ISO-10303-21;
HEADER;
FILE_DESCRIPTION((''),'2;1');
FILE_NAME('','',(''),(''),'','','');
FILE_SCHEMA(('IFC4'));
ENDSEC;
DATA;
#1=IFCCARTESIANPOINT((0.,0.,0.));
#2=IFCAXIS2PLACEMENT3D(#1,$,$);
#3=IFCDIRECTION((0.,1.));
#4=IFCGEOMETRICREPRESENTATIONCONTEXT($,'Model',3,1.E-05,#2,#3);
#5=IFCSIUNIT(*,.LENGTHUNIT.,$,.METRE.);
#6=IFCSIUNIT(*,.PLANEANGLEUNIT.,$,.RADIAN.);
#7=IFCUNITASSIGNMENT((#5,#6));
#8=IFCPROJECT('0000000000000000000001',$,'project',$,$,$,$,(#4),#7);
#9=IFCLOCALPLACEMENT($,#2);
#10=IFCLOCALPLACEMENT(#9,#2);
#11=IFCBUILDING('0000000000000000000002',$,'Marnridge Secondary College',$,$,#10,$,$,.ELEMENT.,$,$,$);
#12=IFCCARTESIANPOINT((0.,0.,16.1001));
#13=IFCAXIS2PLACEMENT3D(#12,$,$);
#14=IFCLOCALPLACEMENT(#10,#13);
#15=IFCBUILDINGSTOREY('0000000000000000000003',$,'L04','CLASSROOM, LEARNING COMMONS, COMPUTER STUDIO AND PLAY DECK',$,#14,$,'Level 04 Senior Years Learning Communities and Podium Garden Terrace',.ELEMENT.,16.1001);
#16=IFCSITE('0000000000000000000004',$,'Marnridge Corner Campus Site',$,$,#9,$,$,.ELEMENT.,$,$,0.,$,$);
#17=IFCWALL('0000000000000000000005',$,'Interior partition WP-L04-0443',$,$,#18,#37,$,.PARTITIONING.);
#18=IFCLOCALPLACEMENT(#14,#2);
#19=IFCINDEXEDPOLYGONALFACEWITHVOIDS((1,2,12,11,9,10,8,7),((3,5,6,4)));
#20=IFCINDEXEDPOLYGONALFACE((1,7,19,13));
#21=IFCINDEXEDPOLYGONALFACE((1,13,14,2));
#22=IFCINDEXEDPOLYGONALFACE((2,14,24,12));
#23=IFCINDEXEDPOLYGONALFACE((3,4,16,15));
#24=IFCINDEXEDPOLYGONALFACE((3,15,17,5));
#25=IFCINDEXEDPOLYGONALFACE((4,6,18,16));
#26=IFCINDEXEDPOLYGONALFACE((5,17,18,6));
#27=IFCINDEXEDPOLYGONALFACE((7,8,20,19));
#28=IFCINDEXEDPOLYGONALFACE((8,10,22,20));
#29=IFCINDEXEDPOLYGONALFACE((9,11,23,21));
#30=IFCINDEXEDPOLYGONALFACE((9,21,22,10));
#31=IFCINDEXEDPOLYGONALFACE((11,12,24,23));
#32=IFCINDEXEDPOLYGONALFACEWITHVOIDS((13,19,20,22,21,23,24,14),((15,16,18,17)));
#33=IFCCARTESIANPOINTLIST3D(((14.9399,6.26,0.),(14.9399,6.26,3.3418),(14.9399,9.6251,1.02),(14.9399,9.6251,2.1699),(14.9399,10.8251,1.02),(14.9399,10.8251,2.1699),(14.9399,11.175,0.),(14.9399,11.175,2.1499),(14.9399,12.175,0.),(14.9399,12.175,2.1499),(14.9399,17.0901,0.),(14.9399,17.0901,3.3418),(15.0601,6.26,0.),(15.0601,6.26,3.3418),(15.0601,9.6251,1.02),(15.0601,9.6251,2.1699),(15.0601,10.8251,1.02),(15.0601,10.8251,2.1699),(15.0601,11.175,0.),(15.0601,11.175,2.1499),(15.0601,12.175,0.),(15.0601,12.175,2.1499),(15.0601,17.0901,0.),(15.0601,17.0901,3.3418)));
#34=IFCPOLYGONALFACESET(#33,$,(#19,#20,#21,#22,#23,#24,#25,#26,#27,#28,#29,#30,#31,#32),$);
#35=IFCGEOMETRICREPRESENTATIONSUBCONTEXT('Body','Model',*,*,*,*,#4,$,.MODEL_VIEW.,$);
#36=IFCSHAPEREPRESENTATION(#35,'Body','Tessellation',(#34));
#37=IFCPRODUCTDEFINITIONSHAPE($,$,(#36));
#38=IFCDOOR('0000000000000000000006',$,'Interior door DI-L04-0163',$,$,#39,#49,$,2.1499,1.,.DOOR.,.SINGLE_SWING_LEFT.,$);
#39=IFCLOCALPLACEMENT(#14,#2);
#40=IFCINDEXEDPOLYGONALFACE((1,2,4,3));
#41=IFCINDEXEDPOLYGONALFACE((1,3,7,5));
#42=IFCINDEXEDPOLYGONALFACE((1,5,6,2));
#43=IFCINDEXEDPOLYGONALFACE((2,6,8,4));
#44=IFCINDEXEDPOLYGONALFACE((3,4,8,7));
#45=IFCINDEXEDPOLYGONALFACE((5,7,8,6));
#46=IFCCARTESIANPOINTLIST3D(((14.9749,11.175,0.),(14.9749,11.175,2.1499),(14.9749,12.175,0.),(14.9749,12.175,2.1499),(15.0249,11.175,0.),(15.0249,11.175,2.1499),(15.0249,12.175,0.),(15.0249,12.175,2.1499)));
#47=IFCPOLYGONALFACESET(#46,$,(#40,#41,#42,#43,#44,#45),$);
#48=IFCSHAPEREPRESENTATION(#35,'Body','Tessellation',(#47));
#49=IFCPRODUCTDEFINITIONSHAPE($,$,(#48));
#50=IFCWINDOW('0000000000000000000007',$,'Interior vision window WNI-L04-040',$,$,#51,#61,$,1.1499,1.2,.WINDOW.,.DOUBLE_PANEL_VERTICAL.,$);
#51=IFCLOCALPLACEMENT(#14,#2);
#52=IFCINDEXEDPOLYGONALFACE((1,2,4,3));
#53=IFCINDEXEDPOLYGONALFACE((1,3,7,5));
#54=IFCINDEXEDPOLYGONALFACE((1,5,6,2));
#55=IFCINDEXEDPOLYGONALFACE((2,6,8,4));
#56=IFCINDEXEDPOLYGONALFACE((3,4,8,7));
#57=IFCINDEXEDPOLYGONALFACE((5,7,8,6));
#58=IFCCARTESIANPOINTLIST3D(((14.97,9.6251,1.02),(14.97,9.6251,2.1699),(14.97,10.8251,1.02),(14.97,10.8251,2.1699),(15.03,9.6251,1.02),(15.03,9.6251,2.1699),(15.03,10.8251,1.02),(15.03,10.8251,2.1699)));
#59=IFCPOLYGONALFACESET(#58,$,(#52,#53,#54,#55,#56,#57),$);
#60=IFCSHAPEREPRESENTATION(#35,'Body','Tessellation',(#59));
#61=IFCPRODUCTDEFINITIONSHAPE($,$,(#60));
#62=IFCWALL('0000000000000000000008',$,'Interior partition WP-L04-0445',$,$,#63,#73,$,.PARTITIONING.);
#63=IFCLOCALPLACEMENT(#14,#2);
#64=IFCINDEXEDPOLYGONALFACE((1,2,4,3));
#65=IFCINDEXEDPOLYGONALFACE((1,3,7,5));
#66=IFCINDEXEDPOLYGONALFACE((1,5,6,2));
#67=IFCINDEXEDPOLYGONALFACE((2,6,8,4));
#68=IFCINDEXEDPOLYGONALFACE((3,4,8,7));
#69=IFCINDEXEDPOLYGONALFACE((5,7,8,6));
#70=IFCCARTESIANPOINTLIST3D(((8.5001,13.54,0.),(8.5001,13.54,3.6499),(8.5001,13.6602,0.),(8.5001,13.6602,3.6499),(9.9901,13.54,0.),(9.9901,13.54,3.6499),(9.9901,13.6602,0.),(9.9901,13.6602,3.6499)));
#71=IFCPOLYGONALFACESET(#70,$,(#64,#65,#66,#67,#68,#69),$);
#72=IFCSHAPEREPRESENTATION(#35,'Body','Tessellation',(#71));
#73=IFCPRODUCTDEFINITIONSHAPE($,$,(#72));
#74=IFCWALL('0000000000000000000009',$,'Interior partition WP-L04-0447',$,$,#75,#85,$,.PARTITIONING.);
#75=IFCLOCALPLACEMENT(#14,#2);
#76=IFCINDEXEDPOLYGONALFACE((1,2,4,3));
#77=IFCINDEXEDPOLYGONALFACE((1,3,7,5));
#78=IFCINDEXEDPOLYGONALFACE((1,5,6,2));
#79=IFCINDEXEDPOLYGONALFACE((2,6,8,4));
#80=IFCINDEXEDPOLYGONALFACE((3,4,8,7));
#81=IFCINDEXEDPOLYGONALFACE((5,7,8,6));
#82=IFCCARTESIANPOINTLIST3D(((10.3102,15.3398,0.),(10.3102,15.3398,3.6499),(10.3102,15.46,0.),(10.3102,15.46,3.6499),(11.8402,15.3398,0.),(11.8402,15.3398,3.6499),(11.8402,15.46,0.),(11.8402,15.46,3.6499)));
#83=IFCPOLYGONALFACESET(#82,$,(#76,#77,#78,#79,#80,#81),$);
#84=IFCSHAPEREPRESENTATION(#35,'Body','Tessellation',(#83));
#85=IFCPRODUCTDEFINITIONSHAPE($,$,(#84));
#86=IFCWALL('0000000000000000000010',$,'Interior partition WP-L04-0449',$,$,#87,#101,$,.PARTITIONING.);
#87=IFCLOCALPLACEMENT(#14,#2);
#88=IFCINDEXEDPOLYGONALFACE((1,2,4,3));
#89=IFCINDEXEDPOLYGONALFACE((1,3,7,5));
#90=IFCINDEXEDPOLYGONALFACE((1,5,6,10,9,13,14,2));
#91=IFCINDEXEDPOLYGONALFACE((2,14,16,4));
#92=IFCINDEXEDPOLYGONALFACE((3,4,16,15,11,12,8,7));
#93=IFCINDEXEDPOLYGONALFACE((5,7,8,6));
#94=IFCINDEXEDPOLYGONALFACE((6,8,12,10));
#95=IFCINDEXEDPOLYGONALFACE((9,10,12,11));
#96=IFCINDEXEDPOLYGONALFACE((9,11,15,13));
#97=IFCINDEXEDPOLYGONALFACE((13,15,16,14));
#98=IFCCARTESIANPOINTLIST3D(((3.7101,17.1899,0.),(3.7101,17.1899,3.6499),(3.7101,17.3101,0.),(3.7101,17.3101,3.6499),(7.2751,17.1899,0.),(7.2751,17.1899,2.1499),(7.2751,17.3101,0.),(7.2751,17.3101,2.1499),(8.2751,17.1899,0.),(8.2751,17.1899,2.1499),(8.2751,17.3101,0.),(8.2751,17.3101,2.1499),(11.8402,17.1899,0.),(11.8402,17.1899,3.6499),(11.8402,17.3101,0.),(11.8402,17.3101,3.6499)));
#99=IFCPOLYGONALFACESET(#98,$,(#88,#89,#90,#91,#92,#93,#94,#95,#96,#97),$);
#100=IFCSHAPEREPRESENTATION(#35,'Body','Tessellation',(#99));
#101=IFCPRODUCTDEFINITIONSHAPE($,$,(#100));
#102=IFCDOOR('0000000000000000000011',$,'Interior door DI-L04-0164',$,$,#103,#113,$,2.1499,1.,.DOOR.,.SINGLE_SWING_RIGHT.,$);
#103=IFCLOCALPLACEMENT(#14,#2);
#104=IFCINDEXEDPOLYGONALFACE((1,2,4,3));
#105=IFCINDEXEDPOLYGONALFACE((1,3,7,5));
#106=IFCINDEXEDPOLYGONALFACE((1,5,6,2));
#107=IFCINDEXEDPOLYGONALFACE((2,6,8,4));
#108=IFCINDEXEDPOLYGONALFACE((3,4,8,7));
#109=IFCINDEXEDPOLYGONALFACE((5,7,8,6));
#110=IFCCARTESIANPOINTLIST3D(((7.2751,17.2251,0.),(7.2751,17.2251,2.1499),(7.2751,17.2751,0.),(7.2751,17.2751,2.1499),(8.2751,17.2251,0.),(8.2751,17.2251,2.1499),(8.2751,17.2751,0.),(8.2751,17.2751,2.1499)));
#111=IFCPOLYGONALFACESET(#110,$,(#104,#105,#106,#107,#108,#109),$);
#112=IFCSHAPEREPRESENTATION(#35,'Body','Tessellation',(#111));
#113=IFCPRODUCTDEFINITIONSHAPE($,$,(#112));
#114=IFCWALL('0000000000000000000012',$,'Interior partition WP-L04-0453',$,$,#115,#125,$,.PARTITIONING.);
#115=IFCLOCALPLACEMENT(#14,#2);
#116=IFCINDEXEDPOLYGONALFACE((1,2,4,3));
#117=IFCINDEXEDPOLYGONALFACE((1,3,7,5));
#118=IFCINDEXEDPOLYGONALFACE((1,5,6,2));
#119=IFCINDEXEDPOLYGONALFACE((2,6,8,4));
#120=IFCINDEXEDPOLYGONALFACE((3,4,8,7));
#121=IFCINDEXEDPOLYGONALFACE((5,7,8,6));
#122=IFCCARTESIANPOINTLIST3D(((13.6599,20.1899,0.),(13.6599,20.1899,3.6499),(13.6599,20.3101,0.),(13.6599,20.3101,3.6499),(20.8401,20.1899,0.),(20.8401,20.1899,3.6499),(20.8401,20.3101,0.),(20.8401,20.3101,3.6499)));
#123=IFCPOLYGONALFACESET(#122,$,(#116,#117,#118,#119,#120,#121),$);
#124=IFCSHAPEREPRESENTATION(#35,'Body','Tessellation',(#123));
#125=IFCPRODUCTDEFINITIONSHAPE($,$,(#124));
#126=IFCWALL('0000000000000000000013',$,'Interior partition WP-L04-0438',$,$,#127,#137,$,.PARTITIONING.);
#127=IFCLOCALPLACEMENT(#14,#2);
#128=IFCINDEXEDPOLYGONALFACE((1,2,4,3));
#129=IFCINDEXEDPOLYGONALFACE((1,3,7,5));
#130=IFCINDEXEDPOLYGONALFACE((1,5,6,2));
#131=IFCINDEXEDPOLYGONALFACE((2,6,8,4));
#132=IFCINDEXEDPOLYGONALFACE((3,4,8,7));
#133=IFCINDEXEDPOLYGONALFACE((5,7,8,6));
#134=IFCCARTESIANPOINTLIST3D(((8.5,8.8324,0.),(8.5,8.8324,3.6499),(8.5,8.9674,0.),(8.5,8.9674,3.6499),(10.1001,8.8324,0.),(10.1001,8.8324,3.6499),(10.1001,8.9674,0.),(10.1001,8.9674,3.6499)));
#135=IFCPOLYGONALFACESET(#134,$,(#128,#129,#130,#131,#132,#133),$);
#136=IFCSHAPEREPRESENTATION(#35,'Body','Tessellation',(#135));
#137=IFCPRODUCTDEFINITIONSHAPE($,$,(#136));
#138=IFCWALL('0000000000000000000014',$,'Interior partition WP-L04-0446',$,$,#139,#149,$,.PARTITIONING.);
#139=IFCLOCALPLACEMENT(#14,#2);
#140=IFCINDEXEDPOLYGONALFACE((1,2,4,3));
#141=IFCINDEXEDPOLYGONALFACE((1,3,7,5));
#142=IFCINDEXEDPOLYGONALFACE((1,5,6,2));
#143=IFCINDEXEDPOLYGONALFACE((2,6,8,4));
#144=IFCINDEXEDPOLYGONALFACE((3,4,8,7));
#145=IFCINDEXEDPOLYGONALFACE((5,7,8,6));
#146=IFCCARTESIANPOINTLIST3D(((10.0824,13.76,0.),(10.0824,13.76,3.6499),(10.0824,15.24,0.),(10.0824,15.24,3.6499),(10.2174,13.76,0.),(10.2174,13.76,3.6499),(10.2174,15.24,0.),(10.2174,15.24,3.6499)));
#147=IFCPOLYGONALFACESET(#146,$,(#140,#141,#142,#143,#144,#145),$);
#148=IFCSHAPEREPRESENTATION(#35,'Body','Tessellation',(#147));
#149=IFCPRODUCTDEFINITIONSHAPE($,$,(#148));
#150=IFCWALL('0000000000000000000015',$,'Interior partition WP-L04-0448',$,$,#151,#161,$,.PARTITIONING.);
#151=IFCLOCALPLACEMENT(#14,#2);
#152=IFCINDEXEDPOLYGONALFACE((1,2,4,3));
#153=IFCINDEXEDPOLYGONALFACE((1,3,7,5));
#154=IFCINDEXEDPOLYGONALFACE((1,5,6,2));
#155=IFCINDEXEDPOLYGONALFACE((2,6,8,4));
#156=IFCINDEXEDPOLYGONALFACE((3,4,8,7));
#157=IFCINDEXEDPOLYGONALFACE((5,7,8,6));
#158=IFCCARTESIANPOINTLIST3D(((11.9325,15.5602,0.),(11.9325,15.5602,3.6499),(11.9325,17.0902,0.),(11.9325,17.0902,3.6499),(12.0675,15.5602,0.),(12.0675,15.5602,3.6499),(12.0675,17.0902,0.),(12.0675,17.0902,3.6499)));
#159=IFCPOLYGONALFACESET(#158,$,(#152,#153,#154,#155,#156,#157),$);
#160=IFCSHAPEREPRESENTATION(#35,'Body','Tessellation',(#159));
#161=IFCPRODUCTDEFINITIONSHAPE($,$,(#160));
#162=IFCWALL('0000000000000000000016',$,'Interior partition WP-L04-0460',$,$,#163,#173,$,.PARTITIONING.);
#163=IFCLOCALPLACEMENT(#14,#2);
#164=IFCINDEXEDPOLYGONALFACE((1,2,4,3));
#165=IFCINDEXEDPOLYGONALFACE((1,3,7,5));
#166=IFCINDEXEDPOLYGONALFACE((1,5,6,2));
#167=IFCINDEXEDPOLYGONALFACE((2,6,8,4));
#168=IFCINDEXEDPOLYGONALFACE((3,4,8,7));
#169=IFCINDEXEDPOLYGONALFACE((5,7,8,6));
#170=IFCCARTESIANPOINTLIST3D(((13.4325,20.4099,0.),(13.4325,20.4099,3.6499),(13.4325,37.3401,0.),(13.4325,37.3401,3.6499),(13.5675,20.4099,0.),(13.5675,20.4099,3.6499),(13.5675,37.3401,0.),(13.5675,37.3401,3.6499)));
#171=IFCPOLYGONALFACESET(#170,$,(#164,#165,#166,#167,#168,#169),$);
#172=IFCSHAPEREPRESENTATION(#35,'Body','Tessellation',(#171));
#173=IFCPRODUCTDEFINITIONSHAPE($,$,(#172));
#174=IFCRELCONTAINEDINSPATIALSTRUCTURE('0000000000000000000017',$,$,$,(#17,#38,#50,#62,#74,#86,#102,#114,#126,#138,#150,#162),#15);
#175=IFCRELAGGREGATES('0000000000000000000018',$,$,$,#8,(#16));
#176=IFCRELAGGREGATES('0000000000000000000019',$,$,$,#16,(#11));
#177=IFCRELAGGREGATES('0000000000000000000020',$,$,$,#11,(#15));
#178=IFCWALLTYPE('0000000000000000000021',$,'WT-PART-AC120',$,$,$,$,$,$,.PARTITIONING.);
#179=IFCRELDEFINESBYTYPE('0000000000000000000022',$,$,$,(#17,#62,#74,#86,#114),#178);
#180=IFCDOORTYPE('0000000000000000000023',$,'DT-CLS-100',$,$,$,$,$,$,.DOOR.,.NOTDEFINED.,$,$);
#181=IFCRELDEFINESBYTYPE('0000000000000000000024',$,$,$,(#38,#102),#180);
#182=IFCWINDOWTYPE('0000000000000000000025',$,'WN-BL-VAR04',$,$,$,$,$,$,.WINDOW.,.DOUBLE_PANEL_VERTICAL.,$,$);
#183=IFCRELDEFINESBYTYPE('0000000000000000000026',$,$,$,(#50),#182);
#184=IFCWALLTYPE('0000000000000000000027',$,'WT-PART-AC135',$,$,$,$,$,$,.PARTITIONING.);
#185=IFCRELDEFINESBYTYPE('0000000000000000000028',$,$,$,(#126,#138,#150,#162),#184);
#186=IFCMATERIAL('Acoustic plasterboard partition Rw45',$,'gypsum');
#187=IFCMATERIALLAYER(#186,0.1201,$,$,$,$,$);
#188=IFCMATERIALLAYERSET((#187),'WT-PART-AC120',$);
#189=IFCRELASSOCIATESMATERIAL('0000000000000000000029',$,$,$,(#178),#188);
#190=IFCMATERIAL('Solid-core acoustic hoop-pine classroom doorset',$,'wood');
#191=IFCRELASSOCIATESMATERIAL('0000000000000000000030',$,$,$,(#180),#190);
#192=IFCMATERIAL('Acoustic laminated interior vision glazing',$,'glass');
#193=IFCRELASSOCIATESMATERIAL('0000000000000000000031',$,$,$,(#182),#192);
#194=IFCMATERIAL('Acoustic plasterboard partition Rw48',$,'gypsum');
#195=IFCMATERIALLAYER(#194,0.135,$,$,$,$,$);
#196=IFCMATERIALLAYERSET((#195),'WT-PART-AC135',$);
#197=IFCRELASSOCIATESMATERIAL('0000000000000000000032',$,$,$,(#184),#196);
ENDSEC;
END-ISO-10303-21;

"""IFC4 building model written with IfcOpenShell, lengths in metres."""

from ifc_helpers import new_model, si_unit, direction, frame, frame_2d, origin, place, context, subcontext, project, spatial, rectangle, extrude, material, layer, layer_set, type_object, element, fill, save


model = new_model("IFC4")

# Units and contexts
model_context = context("Model", 3, precision=1e-05, world=origin(), true_north=direction((0.0, 1.0)))
body_context = subcontext(model_context, "Body", "Model", "MODEL_VIEW")
ifc_project = project(units=[si_unit("LENGTHUNIT", "METRE"), si_unit("PLANEANGLEUNIT", "RADIAN")], contexts=[model_context])

# Site, building, storey
site_placement = place(None, origin())
site = spatial("IfcSite", under=ifc_project, at=site_placement, Name="Marnridge Corner Campus Site", CompositionType="ELEMENT", RefElevation=0.0)
building_placement = place(site_placement, origin())
building = spatial("IfcBuilding", under=site, at=building_placement, Name="Marnridge Secondary College", CompositionType="ELEMENT")
storey_placement = place(building_placement, frame((0.0, 0.0, 16.1001)))
storey = spatial("IfcBuildingStorey", under=building, at=storey_placement, Name="L04", Description="CLASSROOM, LEARNING COMMONS, COMPUTER STUDIO AND PLAY DECK", LongName="Level 04 Senior Years Learning Communities and Podium Garden Terrace", CompositionType="ELEMENT", Elevation=16.1001)

# Wall, openings, door, window
ifc_material_1 = material(Name="Acoustic plasterboard partition Rw45", Category="gypsum")
ifc_layer_1 = layer(ifc_material_1, 0.1201)
ifc_layer_set_1 = layer_set([ifc_layer_1], Name="WT-PART-AC120")
wall_type_1 = type_object("IfcWallType", Name="WT-PART-AC120", PredefinedType="PARTITIONING", material=ifc_layer_set_1)
wall_1_placement = place(storey_placement, frame((15.0, 17.0901, 0.0), z_axis=(0.0, 0.0, 1.0), x_axis=(0.0, -1.0, 0.0)))
wall_1 = element("IfcWall", 1, at=wall_1_placement, inside=storey, type_object=wall_type_1, Name="Interior partition WP-L04-0443", PredefinedType="PARTITIONING", context=body_context, shape_type="SweptSolid", body=[
    extrude(rectangle(XDim=10.8301, YDim=0.1201, at=frame_2d((5.415, 0.0))), origin(), (0.0, 0.0, 1.0), 3.3418),
])
opening_1_placement = place(wall_1_placement, frame((4.915, 0.0, 0.0)))
opening_1 = element("IfcOpeningElement", 2, at=opening_1_placement, cuts=wall_1, PredefinedType="OPENING", context=body_context, shape_type="SweptSolid", body=[
    extrude(rectangle(XDim=1.0, YDim=2.1499, at=frame_2d((0.5, 1.075))), frame((0.0, 0.0701, 0.0), z_axis=(0.0, -1.0, 0.0), x_axis=(1.0, 0.0, 0.0)), (0.0, 0.0, 1.0), 0.1401),
])
opening_2_placement = place(wall_1_placement, frame((6.2649, 0.0, 1.02)))
opening_2 = element("IfcOpeningElement", 3, at=opening_2_placement, cuts=wall_1, PredefinedType="OPENING", context=body_context, shape_type="SweptSolid", body=[
    extrude(rectangle(XDim=1.2, YDim=1.1499, at=frame_2d((0.6001, 0.575))), frame((0.0, 0.0701, 0.0), z_axis=(0.0, -1.0, 0.0), x_axis=(1.0, 0.0, 0.0)), (0.0, 0.0, 1.0), 0.1401),
])
ifc_material_2 = material(Name="Solid-core acoustic hoop-pine classroom doorset", Category="wood")
door_type_1 = type_object("IfcDoorType", Name="DT-CLS-100", OperationType="NOTDEFINED", PredefinedType="DOOR", material=ifc_material_2)
door_1_placement = place(opening_1_placement, origin())
door_1 = element("IfcDoor", 4, at=door_1_placement, inside=storey, type_object=door_type_1, Name="Interior door DI-L04-0163", OperationType="SINGLE_SWING_LEFT", OverallHeight=2.1499, OverallWidth=1.0, PredefinedType="DOOR", context=body_context, shape_type="SweptSolid", body=[
    extrude(rectangle(XDim=1.0, YDim=2.1499, at=frame_2d((0.5, 1.075))), frame((0.0, 0.0249, 0.0), z_axis=(0.0, -1.0, 0.0), x_axis=(1.0, 0.0, 0.0)), (0.0, 0.0, 1.0), 0.05),
])
fill(opening_1, door_1)
ifc_material_3 = material(Name="Acoustic laminated interior vision glazing", Category="glass")
window_type = type_object("IfcWindowType", Name="WN-BL-VAR04", PartitioningType="DOUBLE_PANEL_VERTICAL", PredefinedType="WINDOW", material=ifc_material_3)
window_placement = place(opening_2_placement, origin())
window = element("IfcWindow", 5, at=window_placement, inside=storey, type_object=window_type, Name="Interior vision window WNI-L04-040", OverallHeight=1.1499, OverallWidth=1.2, PartitioningType="DOUBLE_PANEL_VERTICAL", PredefinedType="WINDOW", context=body_context, shape_type="SweptSolid", body=[
    extrude(rectangle(XDim=1.2, YDim=1.1499, at=frame_2d((0.6001, 0.575))), frame((0.0, 0.03, 0.0), z_axis=(0.0, -1.0, 0.0), x_axis=(1.0, 0.0, 0.0)), (0.0, 0.0, 1.0), 0.0601),
])
fill(opening_2, window)

# Walls
wall_2_placement = place(storey_placement, frame((8.5, 13.6001, 0.0), z_axis=(0.0, 0.0, 1.0), x_axis=(1.0, 0.0, 0.0)))
element("IfcWall", 6, at=wall_2_placement, inside=storey, type_object=wall_type_1, Name="Interior partition WP-L04-0445", PredefinedType="PARTITIONING", context=body_context, shape_type="SweptSolid", body=[
    extrude(rectangle(XDim=1.49, YDim=0.1201, at=frame_2d((0.7451, 0.0))), origin(), (0.0, 0.0, 1.0), 3.6499),
])
wall_3_placement = place(storey_placement, frame((10.3101, 15.3999, 0.0), z_axis=(0.0, 0.0, 1.0), x_axis=(1.0, 0.0, 0.0)))
element("IfcWall", 7, at=wall_3_placement, inside=storey, type_object=wall_type_1, Name="Interior partition WP-L04-0447", PredefinedType="PARTITIONING", context=body_context, shape_type="SweptSolid", body=[
    extrude(rectangle(XDim=1.53, YDim=0.1201, at=frame_2d((0.7651, 0.0))), origin(), (0.0, 0.0, 1.0), 3.6499),
])

# Wall, opening, door
wall_4_placement = place(storey_placement, frame((11.8401, 17.25, 0.0), z_axis=(0.0, 0.0, 1.0), x_axis=(-1.0, 0.0, 0.0)))
wall_4 = element("IfcWall", 8, at=wall_4_placement, inside=storey, type_object=wall_type_1, Name="Interior partition WP-L04-0449", PredefinedType="PARTITIONING", context=body_context, shape_type="SweptSolid", body=[
    extrude(rectangle(XDim=8.1301, YDim=0.1201, at=frame_2d((4.0649, 0.0))), origin(), (0.0, 0.0, 1.0), 3.6499),
])
opening_3_placement = place(wall_4_placement, frame((3.5649, 0.0, 0.0)))
opening_3 = element("IfcOpeningElement", 9, at=opening_3_placement, cuts=wall_4, PredefinedType="OPENING", context=body_context, shape_type="SweptSolid", body=[
    extrude(rectangle(XDim=1.0, YDim=2.1499, at=frame_2d((0.5, 1.075))), frame((0.0, 0.0701, 0.0), z_axis=(0.0, -1.0, 0.0), x_axis=(1.0, 0.0, 0.0)), (0.0, 0.0, 1.0), 0.1401),
])
door_2_placement = place(opening_3_placement, origin())
door_2 = element("IfcDoor", 10, at=door_2_placement, inside=storey, type_object=door_type_1, Name="Interior door DI-L04-0164", OperationType="SINGLE_SWING_RIGHT", OverallHeight=2.1499, OverallWidth=1.0, PredefinedType="DOOR", context=body_context, shape_type="SweptSolid", body=[
    extrude(rectangle(XDim=1.0, YDim=2.1499, at=frame_2d((0.5, 1.075))), frame((0.0, 0.0249, 0.0), z_axis=(0.0, -1.0, 0.0), x_axis=(1.0, 0.0, 0.0)), (0.0, 0.0, 1.0), 0.05),
])
fill(opening_3, door_2)

# Walls
wall_5_placement = place(storey_placement, frame((13.6599, 20.25, 0.0), z_axis=(0.0, 0.0, 1.0), x_axis=(1.0, 0.0, 0.0)))
element("IfcWall", 11, at=wall_5_placement, inside=storey, type_object=wall_type_1, Name="Interior partition WP-L04-0453", PredefinedType="PARTITIONING", context=body_context, shape_type="SweptSolid", body=[
    extrude(rectangle(XDim=7.1802, YDim=0.1201, at=frame_2d((3.5901, 0.0))), origin(), (0.0, 0.0, 1.0), 3.6499),
])
ifc_material_4 = material(Name="Acoustic plasterboard partition Rw48", Category="gypsum")
ifc_layer_2 = layer(ifc_material_4, 0.135)
ifc_layer_set_2 = layer_set([ifc_layer_2], Name="WT-PART-AC135")
wall_type_2 = type_object("IfcWallType", Name="WT-PART-AC135", PredefinedType="PARTITIONING", material=ifc_layer_set_2)
wall_6_placement = place(storey_placement, frame((10.1001, 8.8999, 0.0), z_axis=(0.0, 0.0, 1.0), x_axis=(-1.0, 0.0, 0.0)))
element("IfcWall", 12, at=wall_6_placement, inside=storey, type_object=wall_type_2, Name="Interior partition WP-L04-0438", PredefinedType="PARTITIONING", context=body_context, shape_type="SweptSolid", body=[
    extrude(rectangle(XDim=1.6001, YDim=0.135, at=frame_2d((0.8, 0.0))), origin(), (0.0, 0.0, 1.0), 3.6499),
])
wall_7_placement = place(storey_placement, frame((10.1499, 13.76, 0.0), z_axis=(0.0, 0.0, 1.0), x_axis=(0.0, 1.0, 0.0)))
element("IfcWall", 13, at=wall_7_placement, inside=storey, type_object=wall_type_2, Name="Interior partition WP-L04-0446", PredefinedType="PARTITIONING", context=body_context, shape_type="SweptSolid", body=[
    extrude(rectangle(XDim=1.48, YDim=0.135, at=frame_2d((0.74, 0.0))), origin(), (0.0, 0.0, 1.0), 3.6499),
])
wall_8_placement = place(storey_placement, frame((12.0, 15.5601, 0.0), z_axis=(0.0, 0.0, 1.0), x_axis=(0.0, 1.0, 0.0)))
element("IfcWall", 14, at=wall_8_placement, inside=storey, type_object=wall_type_2, Name="Interior partition WP-L04-0448", PredefinedType="PARTITIONING", context=body_context, shape_type="SweptSolid", body=[
    extrude(rectangle(XDim=1.53, YDim=0.135, at=frame_2d((0.7651, 0.0))), origin(), (0.0, 0.0, 1.0), 3.6499),
])
wall_9_placement = place(storey_placement, frame((13.5, 20.4099, 0.0), z_axis=(0.0, 0.0, 1.0), x_axis=(0.0, 1.0, 0.0)))
element("IfcWall", 15, at=wall_9_placement, inside=storey, type_object=wall_type_2, Name="Interior partition WP-L04-0460", PredefinedType="PARTITIONING", context=body_context, shape_type="SweptSolid", body=[
    extrude(rectangle(XDim=16.9302, YDim=0.135, at=frame_2d((8.4651, 0.0))), origin(), (0.0, 0.0, 1.0), 3.6499),
])

save(model, "model.ifc")
